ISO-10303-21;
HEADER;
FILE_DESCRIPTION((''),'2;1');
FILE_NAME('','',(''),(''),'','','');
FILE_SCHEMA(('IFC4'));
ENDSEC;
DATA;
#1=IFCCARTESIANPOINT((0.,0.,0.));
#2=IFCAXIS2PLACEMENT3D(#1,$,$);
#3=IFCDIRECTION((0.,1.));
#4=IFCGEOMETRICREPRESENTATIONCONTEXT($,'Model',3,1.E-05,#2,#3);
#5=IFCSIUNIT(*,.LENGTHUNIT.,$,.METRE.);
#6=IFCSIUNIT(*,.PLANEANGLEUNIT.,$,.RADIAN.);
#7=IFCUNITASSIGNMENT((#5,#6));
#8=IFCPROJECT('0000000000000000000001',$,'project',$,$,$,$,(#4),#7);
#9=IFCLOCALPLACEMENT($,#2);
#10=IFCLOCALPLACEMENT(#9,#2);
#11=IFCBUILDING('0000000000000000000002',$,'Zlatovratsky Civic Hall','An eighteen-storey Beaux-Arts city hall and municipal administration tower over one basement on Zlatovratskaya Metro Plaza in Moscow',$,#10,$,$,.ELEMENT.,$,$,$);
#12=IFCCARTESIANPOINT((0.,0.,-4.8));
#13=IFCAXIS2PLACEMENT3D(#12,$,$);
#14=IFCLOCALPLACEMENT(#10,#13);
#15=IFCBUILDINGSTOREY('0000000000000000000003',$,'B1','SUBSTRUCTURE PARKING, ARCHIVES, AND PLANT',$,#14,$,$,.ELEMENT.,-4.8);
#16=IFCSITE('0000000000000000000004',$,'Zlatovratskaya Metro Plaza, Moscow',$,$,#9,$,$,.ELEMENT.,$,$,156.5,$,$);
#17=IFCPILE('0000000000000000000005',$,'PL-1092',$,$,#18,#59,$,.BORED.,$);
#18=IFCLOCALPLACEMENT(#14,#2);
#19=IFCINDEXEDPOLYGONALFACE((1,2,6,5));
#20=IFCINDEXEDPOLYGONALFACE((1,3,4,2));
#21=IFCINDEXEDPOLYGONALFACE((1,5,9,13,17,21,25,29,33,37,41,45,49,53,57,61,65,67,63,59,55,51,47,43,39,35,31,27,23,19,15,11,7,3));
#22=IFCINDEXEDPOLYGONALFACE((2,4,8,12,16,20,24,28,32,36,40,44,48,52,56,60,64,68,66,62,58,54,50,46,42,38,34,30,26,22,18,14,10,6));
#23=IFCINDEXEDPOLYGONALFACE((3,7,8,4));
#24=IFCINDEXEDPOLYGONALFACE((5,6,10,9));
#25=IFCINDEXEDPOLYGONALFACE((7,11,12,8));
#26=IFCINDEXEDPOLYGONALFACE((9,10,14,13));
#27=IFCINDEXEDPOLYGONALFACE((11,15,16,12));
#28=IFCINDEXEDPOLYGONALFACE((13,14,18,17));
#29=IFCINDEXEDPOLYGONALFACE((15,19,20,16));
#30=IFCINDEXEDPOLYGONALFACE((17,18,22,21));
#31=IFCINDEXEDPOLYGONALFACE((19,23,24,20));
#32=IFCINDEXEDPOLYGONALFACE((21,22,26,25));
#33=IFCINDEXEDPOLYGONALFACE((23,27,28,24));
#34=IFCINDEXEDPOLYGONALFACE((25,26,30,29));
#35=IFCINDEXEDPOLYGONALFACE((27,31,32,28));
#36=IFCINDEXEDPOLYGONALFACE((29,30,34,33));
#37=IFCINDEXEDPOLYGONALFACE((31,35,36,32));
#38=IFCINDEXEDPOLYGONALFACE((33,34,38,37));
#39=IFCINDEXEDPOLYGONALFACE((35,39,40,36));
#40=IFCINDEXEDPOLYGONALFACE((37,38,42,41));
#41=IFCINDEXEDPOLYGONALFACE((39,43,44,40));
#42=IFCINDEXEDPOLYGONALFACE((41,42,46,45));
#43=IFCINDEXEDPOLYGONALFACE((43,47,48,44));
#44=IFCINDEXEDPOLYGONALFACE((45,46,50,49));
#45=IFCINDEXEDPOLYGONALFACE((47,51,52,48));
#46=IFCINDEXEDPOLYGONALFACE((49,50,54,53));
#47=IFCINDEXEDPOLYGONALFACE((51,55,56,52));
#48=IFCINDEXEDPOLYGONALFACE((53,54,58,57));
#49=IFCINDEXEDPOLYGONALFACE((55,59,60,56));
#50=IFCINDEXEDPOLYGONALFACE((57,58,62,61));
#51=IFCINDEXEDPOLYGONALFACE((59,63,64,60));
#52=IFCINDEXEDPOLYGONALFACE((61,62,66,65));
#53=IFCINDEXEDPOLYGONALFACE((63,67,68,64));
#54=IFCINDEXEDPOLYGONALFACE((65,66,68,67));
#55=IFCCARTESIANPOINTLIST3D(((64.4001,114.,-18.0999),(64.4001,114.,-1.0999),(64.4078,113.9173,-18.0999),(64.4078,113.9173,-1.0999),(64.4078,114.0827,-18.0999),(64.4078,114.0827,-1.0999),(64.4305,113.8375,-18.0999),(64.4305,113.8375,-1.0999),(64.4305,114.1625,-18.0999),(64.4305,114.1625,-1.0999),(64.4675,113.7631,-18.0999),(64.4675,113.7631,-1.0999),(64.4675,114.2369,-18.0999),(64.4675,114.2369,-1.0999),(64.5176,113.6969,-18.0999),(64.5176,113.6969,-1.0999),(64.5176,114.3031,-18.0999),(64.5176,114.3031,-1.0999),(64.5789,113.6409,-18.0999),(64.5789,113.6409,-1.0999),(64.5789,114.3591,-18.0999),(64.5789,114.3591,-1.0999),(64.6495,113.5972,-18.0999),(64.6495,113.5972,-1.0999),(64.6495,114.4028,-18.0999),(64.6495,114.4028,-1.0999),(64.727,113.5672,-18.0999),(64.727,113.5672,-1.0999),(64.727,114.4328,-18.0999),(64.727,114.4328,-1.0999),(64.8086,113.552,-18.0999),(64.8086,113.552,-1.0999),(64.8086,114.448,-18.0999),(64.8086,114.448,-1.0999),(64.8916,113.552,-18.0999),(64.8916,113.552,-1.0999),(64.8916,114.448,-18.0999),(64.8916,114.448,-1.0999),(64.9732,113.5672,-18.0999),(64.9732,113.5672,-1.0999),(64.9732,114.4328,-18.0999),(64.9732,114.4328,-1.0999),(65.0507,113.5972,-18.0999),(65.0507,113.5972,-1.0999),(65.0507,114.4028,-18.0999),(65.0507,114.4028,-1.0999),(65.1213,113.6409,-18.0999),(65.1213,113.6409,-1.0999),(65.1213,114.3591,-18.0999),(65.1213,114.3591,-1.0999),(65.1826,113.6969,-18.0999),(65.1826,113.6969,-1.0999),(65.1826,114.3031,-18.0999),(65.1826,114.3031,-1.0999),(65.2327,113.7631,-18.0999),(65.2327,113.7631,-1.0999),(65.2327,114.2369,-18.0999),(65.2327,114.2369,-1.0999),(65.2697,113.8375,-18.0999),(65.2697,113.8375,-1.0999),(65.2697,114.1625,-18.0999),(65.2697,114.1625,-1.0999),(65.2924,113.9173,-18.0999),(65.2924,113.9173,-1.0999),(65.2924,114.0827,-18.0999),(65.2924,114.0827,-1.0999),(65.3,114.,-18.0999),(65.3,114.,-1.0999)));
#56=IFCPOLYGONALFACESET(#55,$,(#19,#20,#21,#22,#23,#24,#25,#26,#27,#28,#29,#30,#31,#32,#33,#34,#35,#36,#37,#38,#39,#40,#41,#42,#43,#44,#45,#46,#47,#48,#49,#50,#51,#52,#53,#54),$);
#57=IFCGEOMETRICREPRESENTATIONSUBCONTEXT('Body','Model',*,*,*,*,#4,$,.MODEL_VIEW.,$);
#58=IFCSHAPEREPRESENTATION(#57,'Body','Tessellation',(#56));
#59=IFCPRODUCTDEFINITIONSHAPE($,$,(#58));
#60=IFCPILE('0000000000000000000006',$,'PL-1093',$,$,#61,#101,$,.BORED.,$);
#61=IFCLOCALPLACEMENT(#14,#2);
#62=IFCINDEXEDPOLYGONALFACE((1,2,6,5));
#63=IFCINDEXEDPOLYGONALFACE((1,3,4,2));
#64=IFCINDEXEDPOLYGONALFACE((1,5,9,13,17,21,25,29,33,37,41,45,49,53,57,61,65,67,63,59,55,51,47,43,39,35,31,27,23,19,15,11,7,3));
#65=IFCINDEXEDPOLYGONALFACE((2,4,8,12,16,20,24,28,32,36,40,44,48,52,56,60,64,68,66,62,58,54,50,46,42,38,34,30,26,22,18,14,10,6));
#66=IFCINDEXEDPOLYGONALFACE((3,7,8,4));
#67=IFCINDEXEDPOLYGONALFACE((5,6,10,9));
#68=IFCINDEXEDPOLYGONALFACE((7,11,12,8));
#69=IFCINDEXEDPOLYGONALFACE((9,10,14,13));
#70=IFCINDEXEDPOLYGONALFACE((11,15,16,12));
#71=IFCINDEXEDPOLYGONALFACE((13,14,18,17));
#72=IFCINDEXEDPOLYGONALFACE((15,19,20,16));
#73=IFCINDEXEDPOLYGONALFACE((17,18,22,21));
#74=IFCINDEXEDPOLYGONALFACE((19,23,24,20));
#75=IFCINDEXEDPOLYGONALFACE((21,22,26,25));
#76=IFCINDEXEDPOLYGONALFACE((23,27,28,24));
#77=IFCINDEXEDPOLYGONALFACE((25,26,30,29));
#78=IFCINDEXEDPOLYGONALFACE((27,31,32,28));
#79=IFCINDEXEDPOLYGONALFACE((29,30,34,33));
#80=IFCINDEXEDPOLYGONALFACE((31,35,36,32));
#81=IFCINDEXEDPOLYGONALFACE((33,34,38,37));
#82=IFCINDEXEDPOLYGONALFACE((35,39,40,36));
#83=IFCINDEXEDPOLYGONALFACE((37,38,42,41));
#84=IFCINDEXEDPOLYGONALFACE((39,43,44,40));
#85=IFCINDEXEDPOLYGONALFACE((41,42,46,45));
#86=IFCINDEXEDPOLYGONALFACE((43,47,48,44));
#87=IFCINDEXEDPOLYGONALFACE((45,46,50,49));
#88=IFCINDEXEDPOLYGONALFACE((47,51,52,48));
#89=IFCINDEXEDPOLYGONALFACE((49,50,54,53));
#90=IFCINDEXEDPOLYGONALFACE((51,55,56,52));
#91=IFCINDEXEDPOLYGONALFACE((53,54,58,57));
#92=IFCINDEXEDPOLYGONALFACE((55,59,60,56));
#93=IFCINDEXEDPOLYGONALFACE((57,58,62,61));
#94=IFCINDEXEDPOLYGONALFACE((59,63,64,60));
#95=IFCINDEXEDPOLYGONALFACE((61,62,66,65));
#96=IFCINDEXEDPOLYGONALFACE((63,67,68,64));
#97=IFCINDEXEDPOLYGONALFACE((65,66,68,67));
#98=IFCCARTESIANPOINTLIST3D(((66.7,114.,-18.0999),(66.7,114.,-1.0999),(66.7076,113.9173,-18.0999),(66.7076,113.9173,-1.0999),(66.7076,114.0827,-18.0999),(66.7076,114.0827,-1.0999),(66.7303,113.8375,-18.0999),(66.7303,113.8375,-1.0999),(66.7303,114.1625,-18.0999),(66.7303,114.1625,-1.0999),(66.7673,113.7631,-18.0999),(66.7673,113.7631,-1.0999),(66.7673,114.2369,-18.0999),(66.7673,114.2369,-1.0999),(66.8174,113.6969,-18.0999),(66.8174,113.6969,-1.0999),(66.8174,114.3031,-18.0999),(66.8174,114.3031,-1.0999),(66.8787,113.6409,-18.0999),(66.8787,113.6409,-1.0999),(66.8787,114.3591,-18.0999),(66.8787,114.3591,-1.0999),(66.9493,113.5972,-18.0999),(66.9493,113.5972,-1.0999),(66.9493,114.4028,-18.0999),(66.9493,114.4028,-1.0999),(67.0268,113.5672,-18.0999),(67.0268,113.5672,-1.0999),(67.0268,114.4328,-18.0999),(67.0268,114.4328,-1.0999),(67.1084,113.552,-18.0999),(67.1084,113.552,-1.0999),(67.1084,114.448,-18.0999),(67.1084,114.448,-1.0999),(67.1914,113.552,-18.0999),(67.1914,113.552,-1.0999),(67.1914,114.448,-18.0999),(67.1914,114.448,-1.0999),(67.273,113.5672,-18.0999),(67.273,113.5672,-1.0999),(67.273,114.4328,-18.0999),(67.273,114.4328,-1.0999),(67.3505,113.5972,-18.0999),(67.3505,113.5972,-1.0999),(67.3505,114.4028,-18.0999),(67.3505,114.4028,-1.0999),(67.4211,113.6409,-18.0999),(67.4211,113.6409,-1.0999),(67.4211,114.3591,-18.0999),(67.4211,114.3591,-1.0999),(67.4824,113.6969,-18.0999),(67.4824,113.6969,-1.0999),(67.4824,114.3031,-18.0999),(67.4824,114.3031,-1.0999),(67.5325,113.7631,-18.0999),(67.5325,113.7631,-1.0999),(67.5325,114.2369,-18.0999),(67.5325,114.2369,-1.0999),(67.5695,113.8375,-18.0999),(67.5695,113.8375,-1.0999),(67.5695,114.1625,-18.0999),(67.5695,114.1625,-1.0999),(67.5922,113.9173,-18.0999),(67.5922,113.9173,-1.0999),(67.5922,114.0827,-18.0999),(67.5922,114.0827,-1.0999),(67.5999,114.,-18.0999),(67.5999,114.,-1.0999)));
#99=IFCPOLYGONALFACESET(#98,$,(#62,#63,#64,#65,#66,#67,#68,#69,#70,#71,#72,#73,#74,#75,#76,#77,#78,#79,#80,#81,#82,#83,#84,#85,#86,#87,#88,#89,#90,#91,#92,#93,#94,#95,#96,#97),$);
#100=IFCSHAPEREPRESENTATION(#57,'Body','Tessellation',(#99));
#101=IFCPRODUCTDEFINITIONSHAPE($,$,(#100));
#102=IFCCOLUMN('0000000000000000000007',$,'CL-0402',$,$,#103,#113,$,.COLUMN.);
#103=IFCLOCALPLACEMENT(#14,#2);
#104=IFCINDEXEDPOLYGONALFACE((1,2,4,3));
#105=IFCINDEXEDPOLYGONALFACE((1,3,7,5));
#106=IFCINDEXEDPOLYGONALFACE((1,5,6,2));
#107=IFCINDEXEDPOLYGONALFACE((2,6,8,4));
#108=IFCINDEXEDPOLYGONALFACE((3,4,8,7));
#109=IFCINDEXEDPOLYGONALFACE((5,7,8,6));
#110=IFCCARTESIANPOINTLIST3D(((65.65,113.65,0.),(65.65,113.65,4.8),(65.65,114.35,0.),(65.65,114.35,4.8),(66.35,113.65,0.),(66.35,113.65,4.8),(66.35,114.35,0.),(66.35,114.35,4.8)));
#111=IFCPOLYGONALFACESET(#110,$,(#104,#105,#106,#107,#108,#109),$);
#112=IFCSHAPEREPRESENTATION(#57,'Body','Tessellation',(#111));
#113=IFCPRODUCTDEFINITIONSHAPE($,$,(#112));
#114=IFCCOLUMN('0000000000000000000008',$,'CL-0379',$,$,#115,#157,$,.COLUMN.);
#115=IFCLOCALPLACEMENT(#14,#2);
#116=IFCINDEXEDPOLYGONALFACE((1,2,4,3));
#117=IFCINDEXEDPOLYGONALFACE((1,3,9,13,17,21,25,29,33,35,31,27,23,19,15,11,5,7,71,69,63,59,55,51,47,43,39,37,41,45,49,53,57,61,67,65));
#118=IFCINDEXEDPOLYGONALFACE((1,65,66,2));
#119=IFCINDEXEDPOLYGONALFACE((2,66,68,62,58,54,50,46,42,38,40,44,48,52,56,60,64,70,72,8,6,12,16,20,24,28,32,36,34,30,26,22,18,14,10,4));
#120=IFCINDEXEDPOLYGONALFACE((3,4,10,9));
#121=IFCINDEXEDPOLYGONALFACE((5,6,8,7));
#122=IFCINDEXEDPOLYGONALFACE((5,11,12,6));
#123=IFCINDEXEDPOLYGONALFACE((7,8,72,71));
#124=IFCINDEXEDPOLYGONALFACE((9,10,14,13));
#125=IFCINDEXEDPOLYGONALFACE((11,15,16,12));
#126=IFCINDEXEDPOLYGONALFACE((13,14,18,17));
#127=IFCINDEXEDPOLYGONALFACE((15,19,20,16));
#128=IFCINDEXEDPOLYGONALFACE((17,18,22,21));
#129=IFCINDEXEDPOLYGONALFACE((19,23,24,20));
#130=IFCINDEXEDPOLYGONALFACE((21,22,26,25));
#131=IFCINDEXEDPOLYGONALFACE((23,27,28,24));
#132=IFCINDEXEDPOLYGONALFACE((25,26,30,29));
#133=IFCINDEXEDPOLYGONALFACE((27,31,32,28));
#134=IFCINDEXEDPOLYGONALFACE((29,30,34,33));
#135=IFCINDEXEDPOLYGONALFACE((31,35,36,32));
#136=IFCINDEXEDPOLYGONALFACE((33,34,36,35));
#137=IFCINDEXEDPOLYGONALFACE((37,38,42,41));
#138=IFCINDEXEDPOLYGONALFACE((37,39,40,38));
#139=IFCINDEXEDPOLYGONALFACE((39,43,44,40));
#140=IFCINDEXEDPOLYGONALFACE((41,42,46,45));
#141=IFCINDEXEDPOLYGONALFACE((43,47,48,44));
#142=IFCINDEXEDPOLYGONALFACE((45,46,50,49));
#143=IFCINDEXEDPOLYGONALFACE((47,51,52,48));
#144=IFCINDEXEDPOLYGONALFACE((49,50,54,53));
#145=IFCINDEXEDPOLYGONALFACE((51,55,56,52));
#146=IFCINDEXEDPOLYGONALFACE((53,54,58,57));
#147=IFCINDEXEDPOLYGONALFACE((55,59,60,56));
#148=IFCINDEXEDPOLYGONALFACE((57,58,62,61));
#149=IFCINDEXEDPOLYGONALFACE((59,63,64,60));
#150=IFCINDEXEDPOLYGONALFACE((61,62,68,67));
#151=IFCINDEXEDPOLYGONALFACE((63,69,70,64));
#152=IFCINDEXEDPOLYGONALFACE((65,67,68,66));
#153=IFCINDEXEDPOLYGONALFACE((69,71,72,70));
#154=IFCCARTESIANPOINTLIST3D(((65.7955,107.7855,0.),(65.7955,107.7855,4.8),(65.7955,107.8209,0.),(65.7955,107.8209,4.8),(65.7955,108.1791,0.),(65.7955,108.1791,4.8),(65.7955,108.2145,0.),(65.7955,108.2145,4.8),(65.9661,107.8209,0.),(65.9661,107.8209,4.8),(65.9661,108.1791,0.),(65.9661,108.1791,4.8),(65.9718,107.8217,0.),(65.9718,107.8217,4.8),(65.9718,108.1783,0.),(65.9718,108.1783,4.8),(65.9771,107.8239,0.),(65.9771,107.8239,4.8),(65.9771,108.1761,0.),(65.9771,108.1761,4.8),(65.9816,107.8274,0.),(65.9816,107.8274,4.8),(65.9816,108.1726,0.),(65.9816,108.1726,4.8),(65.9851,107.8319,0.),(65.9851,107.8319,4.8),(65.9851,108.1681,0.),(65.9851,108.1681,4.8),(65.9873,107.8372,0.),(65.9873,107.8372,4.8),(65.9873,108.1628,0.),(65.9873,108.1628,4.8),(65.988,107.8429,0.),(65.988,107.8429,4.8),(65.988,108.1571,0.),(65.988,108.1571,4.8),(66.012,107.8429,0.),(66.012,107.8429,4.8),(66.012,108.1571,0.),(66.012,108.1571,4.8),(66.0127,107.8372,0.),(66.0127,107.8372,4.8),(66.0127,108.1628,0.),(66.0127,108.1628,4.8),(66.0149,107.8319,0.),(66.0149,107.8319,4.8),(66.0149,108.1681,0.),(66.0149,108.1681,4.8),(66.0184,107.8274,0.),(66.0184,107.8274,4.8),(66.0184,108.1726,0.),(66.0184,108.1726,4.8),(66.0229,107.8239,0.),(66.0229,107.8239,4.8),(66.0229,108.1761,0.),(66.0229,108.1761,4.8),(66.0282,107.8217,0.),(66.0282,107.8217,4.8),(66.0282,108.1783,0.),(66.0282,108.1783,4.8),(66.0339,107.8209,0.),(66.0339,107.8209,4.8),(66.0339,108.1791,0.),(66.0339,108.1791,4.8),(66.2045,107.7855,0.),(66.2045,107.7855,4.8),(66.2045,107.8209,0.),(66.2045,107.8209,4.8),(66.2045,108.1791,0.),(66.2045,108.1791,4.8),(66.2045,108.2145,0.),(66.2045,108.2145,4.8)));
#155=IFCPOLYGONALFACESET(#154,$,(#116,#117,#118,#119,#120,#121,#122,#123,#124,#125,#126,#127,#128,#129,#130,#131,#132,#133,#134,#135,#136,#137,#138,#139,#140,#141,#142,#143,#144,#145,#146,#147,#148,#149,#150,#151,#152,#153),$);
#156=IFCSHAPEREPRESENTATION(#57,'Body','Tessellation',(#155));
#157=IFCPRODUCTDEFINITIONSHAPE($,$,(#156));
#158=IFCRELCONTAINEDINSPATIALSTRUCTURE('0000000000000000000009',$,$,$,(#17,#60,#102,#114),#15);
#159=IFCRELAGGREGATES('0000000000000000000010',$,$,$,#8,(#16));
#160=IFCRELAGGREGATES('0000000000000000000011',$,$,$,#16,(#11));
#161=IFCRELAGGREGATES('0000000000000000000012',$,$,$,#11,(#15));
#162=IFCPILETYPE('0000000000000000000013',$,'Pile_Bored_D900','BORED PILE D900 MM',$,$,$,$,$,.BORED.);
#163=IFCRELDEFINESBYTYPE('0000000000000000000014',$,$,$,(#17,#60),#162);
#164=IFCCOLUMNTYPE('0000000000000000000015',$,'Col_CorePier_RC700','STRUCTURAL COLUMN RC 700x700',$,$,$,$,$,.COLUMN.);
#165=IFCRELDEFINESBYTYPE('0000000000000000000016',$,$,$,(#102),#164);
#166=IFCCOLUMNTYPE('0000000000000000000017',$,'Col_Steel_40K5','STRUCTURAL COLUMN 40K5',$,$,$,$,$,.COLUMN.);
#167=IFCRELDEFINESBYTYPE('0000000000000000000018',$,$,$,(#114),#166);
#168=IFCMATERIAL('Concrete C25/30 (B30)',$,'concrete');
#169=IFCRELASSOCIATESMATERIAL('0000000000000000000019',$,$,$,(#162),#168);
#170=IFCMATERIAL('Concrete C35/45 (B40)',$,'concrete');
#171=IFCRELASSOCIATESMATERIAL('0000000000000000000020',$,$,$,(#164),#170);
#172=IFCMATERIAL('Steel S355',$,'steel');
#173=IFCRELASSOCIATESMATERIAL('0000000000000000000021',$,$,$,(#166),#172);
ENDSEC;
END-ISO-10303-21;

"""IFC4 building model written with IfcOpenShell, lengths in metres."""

from ifc_helpers import new_model, si_unit, direction, frame, origin, origin_2d, place, context, subcontext, project, spatial, rectangle, circle, i_section, extrude, material, material_profile, profile_set, type_object, element, save


model = new_model("IFC4")

# Units and contexts
model_context = context("Model", 3, precision=1e-05, world=origin(), true_north=direction((0.0, 1.0)))
body_context = subcontext(model_context, "Body", "Model", "MODEL_VIEW")
ifc_project = project(units=[si_unit("LENGTHUNIT", "METRE"), si_unit("PLANEANGLEUNIT", "RADIAN")], contexts=[model_context])

# Site, building, storey
site_placement = place(None, origin())
site = spatial("IfcSite", under=ifc_project, at=site_placement, Name="Zlatovratskaya Metro Plaza, Moscow", CompositionType="ELEMENT", RefElevation=156.5)
building_placement = place(site_placement, origin())
building = spatial("IfcBuilding", under=site, at=building_placement, Name="Zlatovratsky Civic Hall", Description="An eighteen-storey Beaux-Arts city hall and municipal administration tower over one basement on Zlatovratskaya Metro Plaza in Moscow", CompositionType="ELEMENT")
storey_placement = place(building_placement, frame((0.0, 0.0, -4.8)))
storey = spatial("IfcBuildingStorey", under=building, at=storey_placement, Name="B1", Description="SUBSTRUCTURE PARKING, ARCHIVES, AND PLANT", CompositionType="ELEMENT", Elevation=-4.8)

# Shared definitions
ifc_material_1 = material(Name="Concrete C25/30 (B30)", Category="concrete")

# Piles
ifc_material_profile_1 = material_profile(ifc_material_1, circle(Radius=0.45, at=origin_2d()), Name="PILE D900")
ifc_profile_set_1 = profile_set([ifc_material_profile_1], Name="Concrete C25/30 (B30)")
pile_type_1 = type_object("IfcPileType", Name="Pile_Bored_D900", Description="BORED PILE D900 MM", PredefinedType="BORED", material=ifc_profile_set_1)
for number, where, z_axis, x_axis, name in (
    (1, (64.8501, 114.0, -1.0999), (0.0, 0.0, -1.0), (1.0, 0.0, 0.0), "PL-1092"),
    (2, (67.1499, 114.0, -1.0999), (0.0, 0.0, -1.0), (1.0, 0.0, 0.0), "PL-1093"),
):
    element("IfcPile", number, at=place(storey_placement, frame(where, z_axis=z_axis, x_axis=x_axis)), inside=storey, type_object=pile_type_1, Name=name, PredefinedType="BORED", context=body_context, shape_type="SweptSolid", body=[
        extrude(circle(Radius=0.45, at=origin_2d()), origin(), (0.0, 0.0, 1.0), 17.0),
    ])

# Columns
ifc_material_2 = material(Name="Concrete C35/45 (B40)", Category="concrete")
ifc_material_profile_2 = material_profile(ifc_material_2, rectangle(XDim=0.7, YDim=0.7, at=origin_2d()), Name="RC 700x700")
ifc_profile_set_2 = profile_set([ifc_material_profile_2], Name="Concrete C35/45 (B40)")
column_type_1 = type_object("IfcColumnType", Name="Col_CorePier_RC700", Description="STRUCTURAL COLUMN RC 700x700", PredefinedType="COLUMN", material=ifc_profile_set_2)
column_1_placement = place(storey_placement, frame((66.0, 114.0, 0.0), z_axis=(0.0, 0.0, 1.0), x_axis=(1.0, 0.0, 0.0)))
element("IfcColumn", 3, at=column_1_placement, inside=storey, type_object=column_type_1, Name="CL-0402", PredefinedType="COLUMN", context=body_context, shape_type="SweptSolid", body=[
    extrude(rectangle(XDim=0.7, YDim=0.7, at=origin_2d()), origin(), (0.0, 0.0, 1.0), 4.8),
])
ifc_material_3 = material(Name="Steel S355", Category="steel")
ifc_material_profile_3 = material_profile(ifc_material_3, i_section(OverallWidth=0.4089, OverallDepth=0.429, WebThickness=0.0239, FlangeThickness=0.0354, FilletRadius=0.022, at=origin_2d()), Name="40K5")
ifc_profile_set_3 = profile_set([ifc_material_profile_3], Name="Steel S355")
column_type_2 = type_object("IfcColumnType", Name="Col_Steel_40K5", Description="STRUCTURAL COLUMN 40K5", PredefinedType="COLUMN", material=ifc_profile_set_3)
column_2_placement = place(storey_placement, frame((66.0, 108.0, 0.0), z_axis=(0.0, 0.0, 1.0), x_axis=(1.0, 0.0, 0.0)))
element("IfcColumn", 4, at=column_2_placement, inside=storey, type_object=column_type_2, Name="CL-0379", PredefinedType="COLUMN", context=body_context, shape_type="SweptSolid", body=[
    extrude(i_section(OverallWidth=0.4089, OverallDepth=0.429, WebThickness=0.0239, FlangeThickness=0.0354, FilletRadius=0.022, at=origin_2d()), origin(), (0.0, 0.0, 1.0), 4.8),
])

save(model, "model.ifc")
